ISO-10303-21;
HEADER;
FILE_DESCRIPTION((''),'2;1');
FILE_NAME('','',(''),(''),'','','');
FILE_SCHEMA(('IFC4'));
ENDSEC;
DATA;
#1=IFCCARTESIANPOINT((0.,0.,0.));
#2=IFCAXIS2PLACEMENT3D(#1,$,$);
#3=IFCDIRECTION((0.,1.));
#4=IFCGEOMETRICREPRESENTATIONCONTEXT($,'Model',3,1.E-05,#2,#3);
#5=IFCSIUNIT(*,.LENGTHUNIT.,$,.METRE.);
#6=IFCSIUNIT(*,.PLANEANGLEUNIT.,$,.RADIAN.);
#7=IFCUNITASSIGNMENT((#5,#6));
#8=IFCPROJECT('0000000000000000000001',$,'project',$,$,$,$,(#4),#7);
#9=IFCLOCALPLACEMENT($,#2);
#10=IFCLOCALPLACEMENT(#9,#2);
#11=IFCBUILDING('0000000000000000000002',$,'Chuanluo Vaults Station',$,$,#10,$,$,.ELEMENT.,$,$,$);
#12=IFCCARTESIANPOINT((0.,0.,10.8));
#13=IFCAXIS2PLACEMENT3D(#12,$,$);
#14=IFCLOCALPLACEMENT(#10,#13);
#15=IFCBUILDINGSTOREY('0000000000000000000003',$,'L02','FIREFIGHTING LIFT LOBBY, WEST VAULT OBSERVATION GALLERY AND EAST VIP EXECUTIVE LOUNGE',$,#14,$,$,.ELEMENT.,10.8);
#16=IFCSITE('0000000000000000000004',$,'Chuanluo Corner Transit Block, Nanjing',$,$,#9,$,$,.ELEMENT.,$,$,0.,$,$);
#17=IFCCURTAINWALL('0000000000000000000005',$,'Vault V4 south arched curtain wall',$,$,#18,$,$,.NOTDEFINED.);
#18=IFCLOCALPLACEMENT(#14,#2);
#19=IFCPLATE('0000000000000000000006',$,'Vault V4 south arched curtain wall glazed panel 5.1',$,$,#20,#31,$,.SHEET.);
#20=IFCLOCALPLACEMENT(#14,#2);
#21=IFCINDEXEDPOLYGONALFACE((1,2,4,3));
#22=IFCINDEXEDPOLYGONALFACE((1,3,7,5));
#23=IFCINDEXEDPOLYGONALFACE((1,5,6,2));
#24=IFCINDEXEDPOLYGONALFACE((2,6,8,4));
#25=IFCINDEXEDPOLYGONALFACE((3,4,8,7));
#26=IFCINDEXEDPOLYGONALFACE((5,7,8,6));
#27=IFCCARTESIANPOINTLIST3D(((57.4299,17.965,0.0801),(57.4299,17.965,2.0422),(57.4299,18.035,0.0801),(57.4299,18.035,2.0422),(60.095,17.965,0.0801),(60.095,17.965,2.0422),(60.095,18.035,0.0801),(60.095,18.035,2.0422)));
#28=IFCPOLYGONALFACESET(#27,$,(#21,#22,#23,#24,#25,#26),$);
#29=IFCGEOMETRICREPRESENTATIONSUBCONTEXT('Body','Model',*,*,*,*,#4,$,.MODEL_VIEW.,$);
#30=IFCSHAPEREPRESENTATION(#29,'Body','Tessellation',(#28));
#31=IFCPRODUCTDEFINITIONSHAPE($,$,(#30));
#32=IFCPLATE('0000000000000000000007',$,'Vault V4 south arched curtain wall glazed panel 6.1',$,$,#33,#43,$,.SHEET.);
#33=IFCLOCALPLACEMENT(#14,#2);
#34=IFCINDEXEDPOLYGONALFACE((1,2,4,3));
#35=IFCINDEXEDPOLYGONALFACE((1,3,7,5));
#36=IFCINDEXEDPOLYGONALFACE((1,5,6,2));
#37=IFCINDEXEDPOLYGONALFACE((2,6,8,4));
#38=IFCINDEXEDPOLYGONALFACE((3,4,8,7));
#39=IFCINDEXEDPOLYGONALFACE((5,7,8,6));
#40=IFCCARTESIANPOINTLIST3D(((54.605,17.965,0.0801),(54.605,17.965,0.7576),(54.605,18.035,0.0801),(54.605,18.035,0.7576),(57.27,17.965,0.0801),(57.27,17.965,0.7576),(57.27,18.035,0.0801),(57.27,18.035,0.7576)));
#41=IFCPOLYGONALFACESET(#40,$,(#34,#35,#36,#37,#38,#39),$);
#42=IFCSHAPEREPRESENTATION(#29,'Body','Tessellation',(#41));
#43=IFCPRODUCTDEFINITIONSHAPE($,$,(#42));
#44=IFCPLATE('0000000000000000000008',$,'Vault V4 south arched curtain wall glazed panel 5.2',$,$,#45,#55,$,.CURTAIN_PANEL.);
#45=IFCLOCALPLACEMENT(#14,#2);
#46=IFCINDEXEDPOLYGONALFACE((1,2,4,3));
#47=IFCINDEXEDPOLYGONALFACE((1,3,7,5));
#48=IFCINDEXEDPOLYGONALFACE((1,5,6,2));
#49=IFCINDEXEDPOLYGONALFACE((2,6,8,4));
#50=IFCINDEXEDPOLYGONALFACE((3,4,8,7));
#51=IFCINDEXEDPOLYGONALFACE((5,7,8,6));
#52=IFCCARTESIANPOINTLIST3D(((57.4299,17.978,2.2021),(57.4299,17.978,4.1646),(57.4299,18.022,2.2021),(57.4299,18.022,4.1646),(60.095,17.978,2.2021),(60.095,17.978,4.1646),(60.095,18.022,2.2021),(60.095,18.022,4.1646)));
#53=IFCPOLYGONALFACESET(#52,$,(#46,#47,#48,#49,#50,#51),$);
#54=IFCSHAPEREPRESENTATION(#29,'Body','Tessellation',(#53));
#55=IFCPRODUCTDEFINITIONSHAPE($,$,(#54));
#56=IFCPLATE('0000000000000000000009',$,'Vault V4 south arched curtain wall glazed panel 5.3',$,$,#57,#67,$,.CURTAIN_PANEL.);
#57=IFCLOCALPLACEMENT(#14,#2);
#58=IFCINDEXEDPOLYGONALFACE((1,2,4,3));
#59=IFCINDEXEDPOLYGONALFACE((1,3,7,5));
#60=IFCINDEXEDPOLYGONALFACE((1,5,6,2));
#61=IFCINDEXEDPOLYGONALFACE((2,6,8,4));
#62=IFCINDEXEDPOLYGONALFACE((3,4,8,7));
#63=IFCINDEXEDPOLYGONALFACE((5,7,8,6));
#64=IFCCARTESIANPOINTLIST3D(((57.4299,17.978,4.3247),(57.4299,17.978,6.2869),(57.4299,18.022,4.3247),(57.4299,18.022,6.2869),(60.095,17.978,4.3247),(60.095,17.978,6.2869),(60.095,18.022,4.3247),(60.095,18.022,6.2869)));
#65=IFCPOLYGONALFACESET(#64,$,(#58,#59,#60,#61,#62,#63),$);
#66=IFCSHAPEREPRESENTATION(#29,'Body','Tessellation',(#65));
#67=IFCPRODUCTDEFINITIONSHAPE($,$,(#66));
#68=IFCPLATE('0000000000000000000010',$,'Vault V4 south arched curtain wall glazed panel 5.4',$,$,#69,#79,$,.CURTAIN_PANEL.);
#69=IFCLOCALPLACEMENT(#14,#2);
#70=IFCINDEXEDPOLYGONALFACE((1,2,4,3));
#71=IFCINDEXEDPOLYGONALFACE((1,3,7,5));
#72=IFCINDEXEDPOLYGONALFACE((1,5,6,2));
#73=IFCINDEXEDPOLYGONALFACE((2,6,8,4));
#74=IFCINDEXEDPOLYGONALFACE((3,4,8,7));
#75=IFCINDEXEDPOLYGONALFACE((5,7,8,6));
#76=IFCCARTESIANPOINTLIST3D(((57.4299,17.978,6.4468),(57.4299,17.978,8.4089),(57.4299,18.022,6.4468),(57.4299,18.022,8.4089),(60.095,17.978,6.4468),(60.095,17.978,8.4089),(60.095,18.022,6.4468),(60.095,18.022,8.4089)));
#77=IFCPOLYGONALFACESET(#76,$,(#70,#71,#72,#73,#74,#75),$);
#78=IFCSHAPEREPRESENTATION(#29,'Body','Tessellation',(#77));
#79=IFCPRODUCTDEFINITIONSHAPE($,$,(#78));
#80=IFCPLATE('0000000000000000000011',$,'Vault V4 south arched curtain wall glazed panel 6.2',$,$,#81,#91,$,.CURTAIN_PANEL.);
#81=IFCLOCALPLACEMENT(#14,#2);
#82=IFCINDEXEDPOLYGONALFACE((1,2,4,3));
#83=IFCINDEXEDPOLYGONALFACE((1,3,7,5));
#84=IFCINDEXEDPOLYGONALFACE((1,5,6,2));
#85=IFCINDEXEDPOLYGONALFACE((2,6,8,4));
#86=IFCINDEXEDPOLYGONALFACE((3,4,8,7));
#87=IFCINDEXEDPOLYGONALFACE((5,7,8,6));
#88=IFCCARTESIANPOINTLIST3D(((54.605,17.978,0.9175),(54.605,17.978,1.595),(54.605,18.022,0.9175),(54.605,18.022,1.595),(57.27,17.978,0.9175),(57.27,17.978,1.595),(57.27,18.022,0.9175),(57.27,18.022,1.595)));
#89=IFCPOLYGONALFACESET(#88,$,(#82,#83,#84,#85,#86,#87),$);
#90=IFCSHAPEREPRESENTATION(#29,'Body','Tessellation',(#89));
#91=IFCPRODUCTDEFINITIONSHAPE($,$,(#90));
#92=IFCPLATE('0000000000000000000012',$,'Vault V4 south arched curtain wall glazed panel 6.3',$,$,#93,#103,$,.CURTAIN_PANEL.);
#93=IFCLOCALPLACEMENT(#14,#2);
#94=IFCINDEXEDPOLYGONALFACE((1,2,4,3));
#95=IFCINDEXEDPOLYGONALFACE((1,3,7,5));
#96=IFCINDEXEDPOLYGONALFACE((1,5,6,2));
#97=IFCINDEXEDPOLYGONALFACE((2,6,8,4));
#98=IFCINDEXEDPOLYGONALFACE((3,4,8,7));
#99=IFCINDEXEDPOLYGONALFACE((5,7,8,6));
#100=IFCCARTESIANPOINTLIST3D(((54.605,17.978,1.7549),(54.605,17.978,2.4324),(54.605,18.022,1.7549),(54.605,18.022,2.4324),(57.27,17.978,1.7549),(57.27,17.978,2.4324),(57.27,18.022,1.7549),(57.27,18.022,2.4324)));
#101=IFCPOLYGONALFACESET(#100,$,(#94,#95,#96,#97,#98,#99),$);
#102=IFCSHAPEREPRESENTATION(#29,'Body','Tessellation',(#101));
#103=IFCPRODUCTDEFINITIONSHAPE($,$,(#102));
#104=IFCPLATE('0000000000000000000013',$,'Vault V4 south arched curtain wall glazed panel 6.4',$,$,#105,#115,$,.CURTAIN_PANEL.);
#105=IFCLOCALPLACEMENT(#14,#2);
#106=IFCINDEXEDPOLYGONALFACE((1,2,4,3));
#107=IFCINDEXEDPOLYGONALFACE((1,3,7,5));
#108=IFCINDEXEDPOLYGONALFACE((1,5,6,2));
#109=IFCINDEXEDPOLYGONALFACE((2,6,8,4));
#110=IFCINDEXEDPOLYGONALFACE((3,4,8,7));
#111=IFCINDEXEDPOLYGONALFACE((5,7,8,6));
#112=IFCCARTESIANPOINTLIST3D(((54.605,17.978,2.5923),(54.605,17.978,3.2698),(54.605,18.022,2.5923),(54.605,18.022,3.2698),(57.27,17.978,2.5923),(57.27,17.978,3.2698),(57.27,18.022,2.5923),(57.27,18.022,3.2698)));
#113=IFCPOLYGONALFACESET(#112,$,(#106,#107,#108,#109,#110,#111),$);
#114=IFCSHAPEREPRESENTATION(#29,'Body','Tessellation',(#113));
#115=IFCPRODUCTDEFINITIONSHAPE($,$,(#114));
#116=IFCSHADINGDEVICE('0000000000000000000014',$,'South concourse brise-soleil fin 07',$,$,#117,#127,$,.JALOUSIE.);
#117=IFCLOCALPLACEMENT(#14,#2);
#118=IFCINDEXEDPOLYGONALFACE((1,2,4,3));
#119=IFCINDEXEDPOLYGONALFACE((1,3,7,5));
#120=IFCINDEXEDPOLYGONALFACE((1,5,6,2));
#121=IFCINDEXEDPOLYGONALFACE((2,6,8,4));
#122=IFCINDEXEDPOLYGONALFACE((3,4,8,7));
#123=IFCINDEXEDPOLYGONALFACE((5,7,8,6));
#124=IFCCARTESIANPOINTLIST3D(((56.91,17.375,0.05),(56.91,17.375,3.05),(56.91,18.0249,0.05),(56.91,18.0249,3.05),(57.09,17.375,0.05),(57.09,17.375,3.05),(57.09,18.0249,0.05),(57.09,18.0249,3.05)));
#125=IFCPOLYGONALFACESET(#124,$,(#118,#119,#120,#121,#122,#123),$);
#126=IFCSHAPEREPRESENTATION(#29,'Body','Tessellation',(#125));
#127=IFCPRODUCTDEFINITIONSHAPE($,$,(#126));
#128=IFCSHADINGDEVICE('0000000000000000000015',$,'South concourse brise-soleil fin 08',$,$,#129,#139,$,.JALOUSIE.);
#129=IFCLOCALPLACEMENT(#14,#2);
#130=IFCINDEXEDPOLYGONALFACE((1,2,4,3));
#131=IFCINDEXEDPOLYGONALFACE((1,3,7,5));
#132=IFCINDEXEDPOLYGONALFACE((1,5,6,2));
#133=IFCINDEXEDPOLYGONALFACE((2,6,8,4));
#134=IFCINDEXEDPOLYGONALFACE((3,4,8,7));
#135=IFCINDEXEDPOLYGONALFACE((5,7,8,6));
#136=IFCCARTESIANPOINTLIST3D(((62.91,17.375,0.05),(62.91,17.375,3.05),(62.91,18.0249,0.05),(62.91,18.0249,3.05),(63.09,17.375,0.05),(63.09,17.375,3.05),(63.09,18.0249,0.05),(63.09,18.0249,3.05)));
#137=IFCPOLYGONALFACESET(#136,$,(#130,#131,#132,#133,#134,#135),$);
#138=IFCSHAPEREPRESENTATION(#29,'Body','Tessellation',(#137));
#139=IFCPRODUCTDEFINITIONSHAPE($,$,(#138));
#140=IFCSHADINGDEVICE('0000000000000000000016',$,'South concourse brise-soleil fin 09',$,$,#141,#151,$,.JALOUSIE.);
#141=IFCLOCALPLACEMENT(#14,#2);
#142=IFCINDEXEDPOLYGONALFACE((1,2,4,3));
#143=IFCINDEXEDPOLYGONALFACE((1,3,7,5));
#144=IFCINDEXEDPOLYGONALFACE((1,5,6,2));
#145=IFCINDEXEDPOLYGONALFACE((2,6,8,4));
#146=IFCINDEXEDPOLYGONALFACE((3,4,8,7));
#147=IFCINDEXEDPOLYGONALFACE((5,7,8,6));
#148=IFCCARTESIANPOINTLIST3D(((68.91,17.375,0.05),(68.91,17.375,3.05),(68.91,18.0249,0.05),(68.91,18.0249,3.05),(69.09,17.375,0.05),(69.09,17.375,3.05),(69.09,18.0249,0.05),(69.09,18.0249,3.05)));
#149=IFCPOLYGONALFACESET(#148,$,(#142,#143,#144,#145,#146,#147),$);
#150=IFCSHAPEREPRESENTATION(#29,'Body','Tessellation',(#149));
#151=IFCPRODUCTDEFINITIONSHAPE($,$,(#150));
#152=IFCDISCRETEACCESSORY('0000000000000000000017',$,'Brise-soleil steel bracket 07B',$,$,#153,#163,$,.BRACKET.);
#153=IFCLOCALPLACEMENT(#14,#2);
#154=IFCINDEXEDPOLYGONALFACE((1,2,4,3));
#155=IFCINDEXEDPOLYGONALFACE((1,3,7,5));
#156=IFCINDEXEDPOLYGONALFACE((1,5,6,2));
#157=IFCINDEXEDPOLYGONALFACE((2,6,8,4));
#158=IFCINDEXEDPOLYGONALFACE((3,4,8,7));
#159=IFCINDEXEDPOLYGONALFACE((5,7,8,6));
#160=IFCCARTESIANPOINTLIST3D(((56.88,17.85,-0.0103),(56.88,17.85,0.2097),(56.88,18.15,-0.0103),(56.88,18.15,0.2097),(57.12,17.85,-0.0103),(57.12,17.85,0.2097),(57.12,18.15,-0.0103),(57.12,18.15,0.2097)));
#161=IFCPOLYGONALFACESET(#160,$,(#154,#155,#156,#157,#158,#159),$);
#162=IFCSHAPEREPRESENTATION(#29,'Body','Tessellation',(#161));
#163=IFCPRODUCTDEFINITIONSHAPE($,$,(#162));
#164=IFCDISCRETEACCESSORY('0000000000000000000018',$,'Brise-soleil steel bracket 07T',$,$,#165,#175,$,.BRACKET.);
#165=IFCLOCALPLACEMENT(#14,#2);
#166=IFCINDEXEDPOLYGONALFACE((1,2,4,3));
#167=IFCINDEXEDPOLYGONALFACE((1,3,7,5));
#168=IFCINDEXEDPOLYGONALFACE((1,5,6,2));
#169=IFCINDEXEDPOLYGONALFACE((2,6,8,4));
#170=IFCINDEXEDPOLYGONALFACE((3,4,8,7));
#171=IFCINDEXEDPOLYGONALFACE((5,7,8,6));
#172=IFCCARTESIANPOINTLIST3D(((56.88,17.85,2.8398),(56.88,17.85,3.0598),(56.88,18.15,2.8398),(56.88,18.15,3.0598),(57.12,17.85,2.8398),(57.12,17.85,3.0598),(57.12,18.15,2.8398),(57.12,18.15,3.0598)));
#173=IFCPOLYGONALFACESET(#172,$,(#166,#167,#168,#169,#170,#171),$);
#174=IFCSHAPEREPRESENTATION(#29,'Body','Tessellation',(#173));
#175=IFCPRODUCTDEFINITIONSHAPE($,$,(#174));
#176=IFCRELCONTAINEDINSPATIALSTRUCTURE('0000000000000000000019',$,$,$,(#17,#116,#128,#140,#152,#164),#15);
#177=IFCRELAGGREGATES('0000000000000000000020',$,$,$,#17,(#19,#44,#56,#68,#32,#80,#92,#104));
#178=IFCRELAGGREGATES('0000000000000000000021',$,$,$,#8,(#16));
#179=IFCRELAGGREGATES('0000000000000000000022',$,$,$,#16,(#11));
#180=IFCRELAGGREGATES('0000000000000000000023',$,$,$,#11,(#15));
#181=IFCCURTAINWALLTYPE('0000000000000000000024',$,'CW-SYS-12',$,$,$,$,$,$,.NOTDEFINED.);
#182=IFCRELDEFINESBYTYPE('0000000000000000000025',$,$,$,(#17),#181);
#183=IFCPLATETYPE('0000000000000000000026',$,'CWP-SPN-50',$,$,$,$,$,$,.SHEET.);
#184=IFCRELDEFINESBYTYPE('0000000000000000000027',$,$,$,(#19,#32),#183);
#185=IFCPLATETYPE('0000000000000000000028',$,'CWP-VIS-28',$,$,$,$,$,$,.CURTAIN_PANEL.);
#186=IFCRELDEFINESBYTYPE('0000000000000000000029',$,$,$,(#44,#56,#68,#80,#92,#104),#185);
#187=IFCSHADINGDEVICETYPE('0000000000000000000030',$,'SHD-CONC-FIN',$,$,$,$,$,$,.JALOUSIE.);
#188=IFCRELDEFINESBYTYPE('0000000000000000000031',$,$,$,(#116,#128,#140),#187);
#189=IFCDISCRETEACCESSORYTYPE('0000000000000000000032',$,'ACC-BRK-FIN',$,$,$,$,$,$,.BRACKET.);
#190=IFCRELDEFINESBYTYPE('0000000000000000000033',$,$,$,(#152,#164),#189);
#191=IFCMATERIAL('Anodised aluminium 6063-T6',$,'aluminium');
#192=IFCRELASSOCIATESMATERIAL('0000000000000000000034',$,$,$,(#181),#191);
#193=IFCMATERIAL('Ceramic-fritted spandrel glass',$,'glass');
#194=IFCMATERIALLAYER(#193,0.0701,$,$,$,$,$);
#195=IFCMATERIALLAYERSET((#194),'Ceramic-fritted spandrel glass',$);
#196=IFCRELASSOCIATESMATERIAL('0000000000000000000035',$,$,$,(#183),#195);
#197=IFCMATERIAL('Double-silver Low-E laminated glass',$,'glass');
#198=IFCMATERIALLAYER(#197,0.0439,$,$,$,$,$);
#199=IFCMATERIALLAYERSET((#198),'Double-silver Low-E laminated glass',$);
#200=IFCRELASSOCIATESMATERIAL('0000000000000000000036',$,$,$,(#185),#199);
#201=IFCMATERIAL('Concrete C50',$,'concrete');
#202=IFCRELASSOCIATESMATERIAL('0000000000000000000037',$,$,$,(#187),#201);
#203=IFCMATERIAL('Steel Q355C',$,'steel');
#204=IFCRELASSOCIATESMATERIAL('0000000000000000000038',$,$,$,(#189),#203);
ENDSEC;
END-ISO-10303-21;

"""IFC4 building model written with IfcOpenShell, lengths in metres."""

from ifc_helpers import new_model, si_unit, direction, frame, origin, origin_2d, place, context, subcontext, project, spatial, rectangle, extrude, material, layer, layer_set, type_object, element, aggregate, save


model = new_model("IFC4")

# Units and contexts
model_context = context("Model", 3, precision=1e-05, world=origin(), true_north=direction((0.0, 1.0)))
body_context = subcontext(model_context, "Body", "Model", "MODEL_VIEW")
ifc_project = project(units=[si_unit("LENGTHUNIT", "METRE"), si_unit("PLANEANGLEUNIT", "RADIAN")], contexts=[model_context])

# Site, building, storey
site_placement = place(None, origin())
site = spatial("IfcSite", under=ifc_project, at=site_placement, Name="Chuanluo Corner Transit Block, Nanjing", CompositionType="ELEMENT", RefElevation=0.0)
building_placement = place(site_placement, origin())
building = spatial("IfcBuilding", under=site, at=building_placement, Name="Chuanluo Vaults Station", CompositionType="ELEMENT")
storey_placement = place(building_placement, frame((0.0, 0.0, 10.8)))
storey = spatial("IfcBuildingStorey", under=building, at=storey_placement, Name="L02", Description="FIREFIGHTING LIFT LOBBY, WEST VAULT OBSERVATION GALLERY AND EAST VIP EXECUTIVE LOUNGE", CompositionType="ELEMENT", Elevation=10.8)

# Curtain wall, plates
ifc_material_1 = material(Name="Anodised aluminium 6063-T6", Category="aluminium")
curtain_wall_type = type_object("IfcCurtainWallType", Name="CW-SYS-12", PredefinedType="NOTDEFINED", material=ifc_material_1)
curtain_wall_placement = place(storey_placement, origin())
curtain_wall = element("IfcCurtainWall", 1, at=curtain_wall_placement, inside=storey, type_object=curtain_wall_type, Name="Vault V4 south arched curtain wall", PredefinedType="NOTDEFINED")
ifc_material_2 = material(Name="Ceramic-fritted spandrel glass", Category="glass")
ifc_layer_1 = layer(ifc_material_2, 0.0701)
ifc_layer_set_1 = layer_set([ifc_layer_1], Name="Ceramic-fritted spandrel glass")
plate_type_1 = type_object("IfcPlateType", Name="CWP-SPN-50", PredefinedType="SHEET", material=ifc_layer_set_1)
plate_1_placement = place(storey_placement, frame((58.7625, 18.0, 0.0801), z_axis=(0.0, 0.0, 1.0), x_axis=(-1.0, 0.0, 0.0)))
plate_1 = element("IfcPlate", 2, at=plate_1_placement, type_object=plate_type_1, Name="Vault V4 south arched curtain wall glazed panel 5.1", PredefinedType="SHEET", context=body_context, shape_type="SweptSolid", body=[
    extrude(rectangle(XDim=2.665, YDim=0.0701, at=origin_2d()), origin(), (0.0, 0.0, 1.0), 1.9622),
])
plate_2_placement = place(storey_placement, frame((55.9375, 18.0, 0.0801), z_axis=(0.0, 0.0, 1.0), x_axis=(-1.0, 0.0, 0.0)))
plate_2 = element("IfcPlate", 3, at=plate_2_placement, type_object=plate_type_1, Name="Vault V4 south arched curtain wall glazed panel 6.1", PredefinedType="SHEET", context=body_context, shape_type="SweptSolid", body=[
    extrude(rectangle(XDim=2.665, YDim=0.0701, at=origin_2d()), origin(), (0.0, 0.0, 1.0), 0.6775),
])
ifc_material_3 = material(Name="Double-silver Low-E laminated glass", Category="glass")
ifc_layer_2 = layer(ifc_material_3, 0.0439)
ifc_layer_set_2 = layer_set([ifc_layer_2], Name="Double-silver Low-E laminated glass")
plate_type_2 = type_object("IfcPlateType", Name="CWP-VIS-28", PredefinedType="CURTAIN_PANEL", material=ifc_layer_set_2)
plate_3_placement = place(storey_placement, frame((58.7625, 18.0, 2.2021), z_axis=(0.0, 0.0, 1.0), x_axis=(-1.0, 0.0, 0.0)))
plate_3 = element("IfcPlate", 4, at=plate_3_placement, type_object=plate_type_2, Name="Vault V4 south arched curtain wall glazed panel 5.2", PredefinedType="CURTAIN_PANEL", context=body_context, shape_type="SweptSolid", body=[
    extrude(rectangle(XDim=2.665, YDim=0.0439, at=origin_2d()), origin(), (0.0, 0.0, 1.0), 1.9624),
])
plate_4_placement = place(storey_placement, frame((58.7625, 18.0, 4.3247), z_axis=(0.0, 0.0, 1.0), x_axis=(-1.0, 0.0, 0.0)))
plate_4 = element("IfcPlate", 5, at=plate_4_placement, type_object=plate_type_2, Name="Vault V4 south arched curtain wall glazed panel 5.3", PredefinedType="CURTAIN_PANEL", context=body_context, shape_type="SweptSolid", body=[
    extrude(rectangle(XDim=2.665, YDim=0.0439, at=origin_2d()), origin(), (0.0, 0.0, 1.0), 1.9622),
])
plate_5_placement = place(storey_placement, frame((58.7625, 18.0, 6.4468), z_axis=(0.0, 0.0, 1.0), x_axis=(-1.0, 0.0, 0.0)))
plate_5 = element("IfcPlate", 6, at=plate_5_placement, type_object=plate_type_2, Name="Vault V4 south arched curtain wall glazed panel 5.4", PredefinedType="CURTAIN_PANEL", context=body_context, shape_type="SweptSolid", body=[
    extrude(rectangle(XDim=2.665, YDim=0.0439, at=origin_2d()), origin(), (0.0, 0.0, 1.0), 1.9622),
])
plate_6_placement = place(storey_placement, frame((55.9375, 18.0, 0.9175), z_axis=(0.0, 0.0, 1.0), x_axis=(-1.0, 0.0, 0.0)))
plate_6 = element("IfcPlate", 7, at=plate_6_placement, type_object=plate_type_2, Name="Vault V4 south arched curtain wall glazed panel 6.2", PredefinedType="CURTAIN_PANEL", context=body_context, shape_type="SweptSolid", body=[
    extrude(rectangle(XDim=2.665, YDim=0.0439, at=origin_2d()), origin(), (0.0, 0.0, 1.0), 0.6775),
])
plate_7_placement = place(storey_placement, frame((55.9375, 18.0, 1.7549), z_axis=(0.0, 0.0, 1.0), x_axis=(-1.0, 0.0, 0.0)))
plate_7 = element("IfcPlate", 8, at=plate_7_placement, type_object=plate_type_2, Name="Vault V4 south arched curtain wall glazed panel 6.3", PredefinedType="CURTAIN_PANEL", context=body_context, shape_type="SweptSolid", body=[
    extrude(rectangle(XDim=2.665, YDim=0.0439, at=origin_2d()), origin(), (0.0, 0.0, 1.0), 0.6775),
])
plate_8_placement = place(storey_placement, frame((55.9375, 18.0, 2.5923), z_axis=(0.0, 0.0, 1.0), x_axis=(-1.0, 0.0, 0.0)))
plate_8 = element("IfcPlate", 9, at=plate_8_placement, type_object=plate_type_2, Name="Vault V4 south arched curtain wall glazed panel 6.4", PredefinedType="CURTAIN_PANEL", context=body_context, shape_type="SweptSolid", body=[
    extrude(rectangle(XDim=2.665, YDim=0.0439, at=origin_2d()), origin(), (0.0, 0.0, 1.0), 0.6775),
])
aggregate(curtain_wall, [plate_1, plate_3, plate_4, plate_5, plate_2, plate_6, plate_7, plate_8])

# Shading devices
ifc_material_4 = material(Name="Concrete C50", Category="concrete")
shading_device_type = type_object("IfcShadingDeviceType", Name="SHD-CONC-FIN", PredefinedType="JALOUSIE", material=ifc_material_4)
for number, where, z_axis, x_axis, name in (
    (10, (57.0, 17.7, 0.05), (0.0, 0.0, 1.0), (1.0, 0.0, 0.0), "South concourse brise-soleil fin 07"),
    (11, (63.0, 17.7, 0.05), (0.0, 0.0, 1.0), (1.0, 0.0, 0.0), "South concourse brise-soleil fin 08"),
    (12, (69.0, 17.7, 0.05), (0.0, 0.0, 1.0), (1.0, 0.0, 0.0), "South concourse brise-soleil fin 09"),
):
    element("IfcShadingDevice", number, at=place(storey_placement, frame(where, z_axis=z_axis, x_axis=x_axis)), inside=storey, type_object=shading_device_type, Name=name, PredefinedType="JALOUSIE", context=body_context, shape_type="SweptSolid", body=[
        extrude(rectangle(XDim=0.1799, YDim=0.6499, at=origin_2d()), origin(), (0.0, 0.0, 1.0), 3.0),
    ])

# Discrete accessories
ifc_material_5 = material(Name="Steel Q355C", Category="steel")
discrete_accessory_type = type_object("IfcDiscreteAccessoryType", Name="ACC-BRK-FIN", PredefinedType="BRACKET", material=ifc_material_5)
for number, where, z_axis, x_axis, name in (
    (13, (57.0, 18.0, -0.0103), (0.0, 0.0, 1.0), (1.0, 0.0, 0.0), "Brise-soleil steel bracket 07B"),
    (14, (57.0, 18.0, 2.8398), (0.0, 0.0, 1.0), (1.0, 0.0, 0.0), "Brise-soleil steel bracket 07T"),
):
    element("IfcDiscreteAccessory", number, at=place(storey_placement, frame(where, z_axis=z_axis, x_axis=x_axis)), inside=storey, type_object=discrete_accessory_type, Name=name, PredefinedType="BRACKET", context=body_context, shape_type="SweptSolid", body=[
        extrude(rectangle(XDim=0.24, YDim=0.3, at=origin_2d()), origin(), (0.0, 0.0, 1.0), 0.22),
    ])

save(model, "model.ifc")
